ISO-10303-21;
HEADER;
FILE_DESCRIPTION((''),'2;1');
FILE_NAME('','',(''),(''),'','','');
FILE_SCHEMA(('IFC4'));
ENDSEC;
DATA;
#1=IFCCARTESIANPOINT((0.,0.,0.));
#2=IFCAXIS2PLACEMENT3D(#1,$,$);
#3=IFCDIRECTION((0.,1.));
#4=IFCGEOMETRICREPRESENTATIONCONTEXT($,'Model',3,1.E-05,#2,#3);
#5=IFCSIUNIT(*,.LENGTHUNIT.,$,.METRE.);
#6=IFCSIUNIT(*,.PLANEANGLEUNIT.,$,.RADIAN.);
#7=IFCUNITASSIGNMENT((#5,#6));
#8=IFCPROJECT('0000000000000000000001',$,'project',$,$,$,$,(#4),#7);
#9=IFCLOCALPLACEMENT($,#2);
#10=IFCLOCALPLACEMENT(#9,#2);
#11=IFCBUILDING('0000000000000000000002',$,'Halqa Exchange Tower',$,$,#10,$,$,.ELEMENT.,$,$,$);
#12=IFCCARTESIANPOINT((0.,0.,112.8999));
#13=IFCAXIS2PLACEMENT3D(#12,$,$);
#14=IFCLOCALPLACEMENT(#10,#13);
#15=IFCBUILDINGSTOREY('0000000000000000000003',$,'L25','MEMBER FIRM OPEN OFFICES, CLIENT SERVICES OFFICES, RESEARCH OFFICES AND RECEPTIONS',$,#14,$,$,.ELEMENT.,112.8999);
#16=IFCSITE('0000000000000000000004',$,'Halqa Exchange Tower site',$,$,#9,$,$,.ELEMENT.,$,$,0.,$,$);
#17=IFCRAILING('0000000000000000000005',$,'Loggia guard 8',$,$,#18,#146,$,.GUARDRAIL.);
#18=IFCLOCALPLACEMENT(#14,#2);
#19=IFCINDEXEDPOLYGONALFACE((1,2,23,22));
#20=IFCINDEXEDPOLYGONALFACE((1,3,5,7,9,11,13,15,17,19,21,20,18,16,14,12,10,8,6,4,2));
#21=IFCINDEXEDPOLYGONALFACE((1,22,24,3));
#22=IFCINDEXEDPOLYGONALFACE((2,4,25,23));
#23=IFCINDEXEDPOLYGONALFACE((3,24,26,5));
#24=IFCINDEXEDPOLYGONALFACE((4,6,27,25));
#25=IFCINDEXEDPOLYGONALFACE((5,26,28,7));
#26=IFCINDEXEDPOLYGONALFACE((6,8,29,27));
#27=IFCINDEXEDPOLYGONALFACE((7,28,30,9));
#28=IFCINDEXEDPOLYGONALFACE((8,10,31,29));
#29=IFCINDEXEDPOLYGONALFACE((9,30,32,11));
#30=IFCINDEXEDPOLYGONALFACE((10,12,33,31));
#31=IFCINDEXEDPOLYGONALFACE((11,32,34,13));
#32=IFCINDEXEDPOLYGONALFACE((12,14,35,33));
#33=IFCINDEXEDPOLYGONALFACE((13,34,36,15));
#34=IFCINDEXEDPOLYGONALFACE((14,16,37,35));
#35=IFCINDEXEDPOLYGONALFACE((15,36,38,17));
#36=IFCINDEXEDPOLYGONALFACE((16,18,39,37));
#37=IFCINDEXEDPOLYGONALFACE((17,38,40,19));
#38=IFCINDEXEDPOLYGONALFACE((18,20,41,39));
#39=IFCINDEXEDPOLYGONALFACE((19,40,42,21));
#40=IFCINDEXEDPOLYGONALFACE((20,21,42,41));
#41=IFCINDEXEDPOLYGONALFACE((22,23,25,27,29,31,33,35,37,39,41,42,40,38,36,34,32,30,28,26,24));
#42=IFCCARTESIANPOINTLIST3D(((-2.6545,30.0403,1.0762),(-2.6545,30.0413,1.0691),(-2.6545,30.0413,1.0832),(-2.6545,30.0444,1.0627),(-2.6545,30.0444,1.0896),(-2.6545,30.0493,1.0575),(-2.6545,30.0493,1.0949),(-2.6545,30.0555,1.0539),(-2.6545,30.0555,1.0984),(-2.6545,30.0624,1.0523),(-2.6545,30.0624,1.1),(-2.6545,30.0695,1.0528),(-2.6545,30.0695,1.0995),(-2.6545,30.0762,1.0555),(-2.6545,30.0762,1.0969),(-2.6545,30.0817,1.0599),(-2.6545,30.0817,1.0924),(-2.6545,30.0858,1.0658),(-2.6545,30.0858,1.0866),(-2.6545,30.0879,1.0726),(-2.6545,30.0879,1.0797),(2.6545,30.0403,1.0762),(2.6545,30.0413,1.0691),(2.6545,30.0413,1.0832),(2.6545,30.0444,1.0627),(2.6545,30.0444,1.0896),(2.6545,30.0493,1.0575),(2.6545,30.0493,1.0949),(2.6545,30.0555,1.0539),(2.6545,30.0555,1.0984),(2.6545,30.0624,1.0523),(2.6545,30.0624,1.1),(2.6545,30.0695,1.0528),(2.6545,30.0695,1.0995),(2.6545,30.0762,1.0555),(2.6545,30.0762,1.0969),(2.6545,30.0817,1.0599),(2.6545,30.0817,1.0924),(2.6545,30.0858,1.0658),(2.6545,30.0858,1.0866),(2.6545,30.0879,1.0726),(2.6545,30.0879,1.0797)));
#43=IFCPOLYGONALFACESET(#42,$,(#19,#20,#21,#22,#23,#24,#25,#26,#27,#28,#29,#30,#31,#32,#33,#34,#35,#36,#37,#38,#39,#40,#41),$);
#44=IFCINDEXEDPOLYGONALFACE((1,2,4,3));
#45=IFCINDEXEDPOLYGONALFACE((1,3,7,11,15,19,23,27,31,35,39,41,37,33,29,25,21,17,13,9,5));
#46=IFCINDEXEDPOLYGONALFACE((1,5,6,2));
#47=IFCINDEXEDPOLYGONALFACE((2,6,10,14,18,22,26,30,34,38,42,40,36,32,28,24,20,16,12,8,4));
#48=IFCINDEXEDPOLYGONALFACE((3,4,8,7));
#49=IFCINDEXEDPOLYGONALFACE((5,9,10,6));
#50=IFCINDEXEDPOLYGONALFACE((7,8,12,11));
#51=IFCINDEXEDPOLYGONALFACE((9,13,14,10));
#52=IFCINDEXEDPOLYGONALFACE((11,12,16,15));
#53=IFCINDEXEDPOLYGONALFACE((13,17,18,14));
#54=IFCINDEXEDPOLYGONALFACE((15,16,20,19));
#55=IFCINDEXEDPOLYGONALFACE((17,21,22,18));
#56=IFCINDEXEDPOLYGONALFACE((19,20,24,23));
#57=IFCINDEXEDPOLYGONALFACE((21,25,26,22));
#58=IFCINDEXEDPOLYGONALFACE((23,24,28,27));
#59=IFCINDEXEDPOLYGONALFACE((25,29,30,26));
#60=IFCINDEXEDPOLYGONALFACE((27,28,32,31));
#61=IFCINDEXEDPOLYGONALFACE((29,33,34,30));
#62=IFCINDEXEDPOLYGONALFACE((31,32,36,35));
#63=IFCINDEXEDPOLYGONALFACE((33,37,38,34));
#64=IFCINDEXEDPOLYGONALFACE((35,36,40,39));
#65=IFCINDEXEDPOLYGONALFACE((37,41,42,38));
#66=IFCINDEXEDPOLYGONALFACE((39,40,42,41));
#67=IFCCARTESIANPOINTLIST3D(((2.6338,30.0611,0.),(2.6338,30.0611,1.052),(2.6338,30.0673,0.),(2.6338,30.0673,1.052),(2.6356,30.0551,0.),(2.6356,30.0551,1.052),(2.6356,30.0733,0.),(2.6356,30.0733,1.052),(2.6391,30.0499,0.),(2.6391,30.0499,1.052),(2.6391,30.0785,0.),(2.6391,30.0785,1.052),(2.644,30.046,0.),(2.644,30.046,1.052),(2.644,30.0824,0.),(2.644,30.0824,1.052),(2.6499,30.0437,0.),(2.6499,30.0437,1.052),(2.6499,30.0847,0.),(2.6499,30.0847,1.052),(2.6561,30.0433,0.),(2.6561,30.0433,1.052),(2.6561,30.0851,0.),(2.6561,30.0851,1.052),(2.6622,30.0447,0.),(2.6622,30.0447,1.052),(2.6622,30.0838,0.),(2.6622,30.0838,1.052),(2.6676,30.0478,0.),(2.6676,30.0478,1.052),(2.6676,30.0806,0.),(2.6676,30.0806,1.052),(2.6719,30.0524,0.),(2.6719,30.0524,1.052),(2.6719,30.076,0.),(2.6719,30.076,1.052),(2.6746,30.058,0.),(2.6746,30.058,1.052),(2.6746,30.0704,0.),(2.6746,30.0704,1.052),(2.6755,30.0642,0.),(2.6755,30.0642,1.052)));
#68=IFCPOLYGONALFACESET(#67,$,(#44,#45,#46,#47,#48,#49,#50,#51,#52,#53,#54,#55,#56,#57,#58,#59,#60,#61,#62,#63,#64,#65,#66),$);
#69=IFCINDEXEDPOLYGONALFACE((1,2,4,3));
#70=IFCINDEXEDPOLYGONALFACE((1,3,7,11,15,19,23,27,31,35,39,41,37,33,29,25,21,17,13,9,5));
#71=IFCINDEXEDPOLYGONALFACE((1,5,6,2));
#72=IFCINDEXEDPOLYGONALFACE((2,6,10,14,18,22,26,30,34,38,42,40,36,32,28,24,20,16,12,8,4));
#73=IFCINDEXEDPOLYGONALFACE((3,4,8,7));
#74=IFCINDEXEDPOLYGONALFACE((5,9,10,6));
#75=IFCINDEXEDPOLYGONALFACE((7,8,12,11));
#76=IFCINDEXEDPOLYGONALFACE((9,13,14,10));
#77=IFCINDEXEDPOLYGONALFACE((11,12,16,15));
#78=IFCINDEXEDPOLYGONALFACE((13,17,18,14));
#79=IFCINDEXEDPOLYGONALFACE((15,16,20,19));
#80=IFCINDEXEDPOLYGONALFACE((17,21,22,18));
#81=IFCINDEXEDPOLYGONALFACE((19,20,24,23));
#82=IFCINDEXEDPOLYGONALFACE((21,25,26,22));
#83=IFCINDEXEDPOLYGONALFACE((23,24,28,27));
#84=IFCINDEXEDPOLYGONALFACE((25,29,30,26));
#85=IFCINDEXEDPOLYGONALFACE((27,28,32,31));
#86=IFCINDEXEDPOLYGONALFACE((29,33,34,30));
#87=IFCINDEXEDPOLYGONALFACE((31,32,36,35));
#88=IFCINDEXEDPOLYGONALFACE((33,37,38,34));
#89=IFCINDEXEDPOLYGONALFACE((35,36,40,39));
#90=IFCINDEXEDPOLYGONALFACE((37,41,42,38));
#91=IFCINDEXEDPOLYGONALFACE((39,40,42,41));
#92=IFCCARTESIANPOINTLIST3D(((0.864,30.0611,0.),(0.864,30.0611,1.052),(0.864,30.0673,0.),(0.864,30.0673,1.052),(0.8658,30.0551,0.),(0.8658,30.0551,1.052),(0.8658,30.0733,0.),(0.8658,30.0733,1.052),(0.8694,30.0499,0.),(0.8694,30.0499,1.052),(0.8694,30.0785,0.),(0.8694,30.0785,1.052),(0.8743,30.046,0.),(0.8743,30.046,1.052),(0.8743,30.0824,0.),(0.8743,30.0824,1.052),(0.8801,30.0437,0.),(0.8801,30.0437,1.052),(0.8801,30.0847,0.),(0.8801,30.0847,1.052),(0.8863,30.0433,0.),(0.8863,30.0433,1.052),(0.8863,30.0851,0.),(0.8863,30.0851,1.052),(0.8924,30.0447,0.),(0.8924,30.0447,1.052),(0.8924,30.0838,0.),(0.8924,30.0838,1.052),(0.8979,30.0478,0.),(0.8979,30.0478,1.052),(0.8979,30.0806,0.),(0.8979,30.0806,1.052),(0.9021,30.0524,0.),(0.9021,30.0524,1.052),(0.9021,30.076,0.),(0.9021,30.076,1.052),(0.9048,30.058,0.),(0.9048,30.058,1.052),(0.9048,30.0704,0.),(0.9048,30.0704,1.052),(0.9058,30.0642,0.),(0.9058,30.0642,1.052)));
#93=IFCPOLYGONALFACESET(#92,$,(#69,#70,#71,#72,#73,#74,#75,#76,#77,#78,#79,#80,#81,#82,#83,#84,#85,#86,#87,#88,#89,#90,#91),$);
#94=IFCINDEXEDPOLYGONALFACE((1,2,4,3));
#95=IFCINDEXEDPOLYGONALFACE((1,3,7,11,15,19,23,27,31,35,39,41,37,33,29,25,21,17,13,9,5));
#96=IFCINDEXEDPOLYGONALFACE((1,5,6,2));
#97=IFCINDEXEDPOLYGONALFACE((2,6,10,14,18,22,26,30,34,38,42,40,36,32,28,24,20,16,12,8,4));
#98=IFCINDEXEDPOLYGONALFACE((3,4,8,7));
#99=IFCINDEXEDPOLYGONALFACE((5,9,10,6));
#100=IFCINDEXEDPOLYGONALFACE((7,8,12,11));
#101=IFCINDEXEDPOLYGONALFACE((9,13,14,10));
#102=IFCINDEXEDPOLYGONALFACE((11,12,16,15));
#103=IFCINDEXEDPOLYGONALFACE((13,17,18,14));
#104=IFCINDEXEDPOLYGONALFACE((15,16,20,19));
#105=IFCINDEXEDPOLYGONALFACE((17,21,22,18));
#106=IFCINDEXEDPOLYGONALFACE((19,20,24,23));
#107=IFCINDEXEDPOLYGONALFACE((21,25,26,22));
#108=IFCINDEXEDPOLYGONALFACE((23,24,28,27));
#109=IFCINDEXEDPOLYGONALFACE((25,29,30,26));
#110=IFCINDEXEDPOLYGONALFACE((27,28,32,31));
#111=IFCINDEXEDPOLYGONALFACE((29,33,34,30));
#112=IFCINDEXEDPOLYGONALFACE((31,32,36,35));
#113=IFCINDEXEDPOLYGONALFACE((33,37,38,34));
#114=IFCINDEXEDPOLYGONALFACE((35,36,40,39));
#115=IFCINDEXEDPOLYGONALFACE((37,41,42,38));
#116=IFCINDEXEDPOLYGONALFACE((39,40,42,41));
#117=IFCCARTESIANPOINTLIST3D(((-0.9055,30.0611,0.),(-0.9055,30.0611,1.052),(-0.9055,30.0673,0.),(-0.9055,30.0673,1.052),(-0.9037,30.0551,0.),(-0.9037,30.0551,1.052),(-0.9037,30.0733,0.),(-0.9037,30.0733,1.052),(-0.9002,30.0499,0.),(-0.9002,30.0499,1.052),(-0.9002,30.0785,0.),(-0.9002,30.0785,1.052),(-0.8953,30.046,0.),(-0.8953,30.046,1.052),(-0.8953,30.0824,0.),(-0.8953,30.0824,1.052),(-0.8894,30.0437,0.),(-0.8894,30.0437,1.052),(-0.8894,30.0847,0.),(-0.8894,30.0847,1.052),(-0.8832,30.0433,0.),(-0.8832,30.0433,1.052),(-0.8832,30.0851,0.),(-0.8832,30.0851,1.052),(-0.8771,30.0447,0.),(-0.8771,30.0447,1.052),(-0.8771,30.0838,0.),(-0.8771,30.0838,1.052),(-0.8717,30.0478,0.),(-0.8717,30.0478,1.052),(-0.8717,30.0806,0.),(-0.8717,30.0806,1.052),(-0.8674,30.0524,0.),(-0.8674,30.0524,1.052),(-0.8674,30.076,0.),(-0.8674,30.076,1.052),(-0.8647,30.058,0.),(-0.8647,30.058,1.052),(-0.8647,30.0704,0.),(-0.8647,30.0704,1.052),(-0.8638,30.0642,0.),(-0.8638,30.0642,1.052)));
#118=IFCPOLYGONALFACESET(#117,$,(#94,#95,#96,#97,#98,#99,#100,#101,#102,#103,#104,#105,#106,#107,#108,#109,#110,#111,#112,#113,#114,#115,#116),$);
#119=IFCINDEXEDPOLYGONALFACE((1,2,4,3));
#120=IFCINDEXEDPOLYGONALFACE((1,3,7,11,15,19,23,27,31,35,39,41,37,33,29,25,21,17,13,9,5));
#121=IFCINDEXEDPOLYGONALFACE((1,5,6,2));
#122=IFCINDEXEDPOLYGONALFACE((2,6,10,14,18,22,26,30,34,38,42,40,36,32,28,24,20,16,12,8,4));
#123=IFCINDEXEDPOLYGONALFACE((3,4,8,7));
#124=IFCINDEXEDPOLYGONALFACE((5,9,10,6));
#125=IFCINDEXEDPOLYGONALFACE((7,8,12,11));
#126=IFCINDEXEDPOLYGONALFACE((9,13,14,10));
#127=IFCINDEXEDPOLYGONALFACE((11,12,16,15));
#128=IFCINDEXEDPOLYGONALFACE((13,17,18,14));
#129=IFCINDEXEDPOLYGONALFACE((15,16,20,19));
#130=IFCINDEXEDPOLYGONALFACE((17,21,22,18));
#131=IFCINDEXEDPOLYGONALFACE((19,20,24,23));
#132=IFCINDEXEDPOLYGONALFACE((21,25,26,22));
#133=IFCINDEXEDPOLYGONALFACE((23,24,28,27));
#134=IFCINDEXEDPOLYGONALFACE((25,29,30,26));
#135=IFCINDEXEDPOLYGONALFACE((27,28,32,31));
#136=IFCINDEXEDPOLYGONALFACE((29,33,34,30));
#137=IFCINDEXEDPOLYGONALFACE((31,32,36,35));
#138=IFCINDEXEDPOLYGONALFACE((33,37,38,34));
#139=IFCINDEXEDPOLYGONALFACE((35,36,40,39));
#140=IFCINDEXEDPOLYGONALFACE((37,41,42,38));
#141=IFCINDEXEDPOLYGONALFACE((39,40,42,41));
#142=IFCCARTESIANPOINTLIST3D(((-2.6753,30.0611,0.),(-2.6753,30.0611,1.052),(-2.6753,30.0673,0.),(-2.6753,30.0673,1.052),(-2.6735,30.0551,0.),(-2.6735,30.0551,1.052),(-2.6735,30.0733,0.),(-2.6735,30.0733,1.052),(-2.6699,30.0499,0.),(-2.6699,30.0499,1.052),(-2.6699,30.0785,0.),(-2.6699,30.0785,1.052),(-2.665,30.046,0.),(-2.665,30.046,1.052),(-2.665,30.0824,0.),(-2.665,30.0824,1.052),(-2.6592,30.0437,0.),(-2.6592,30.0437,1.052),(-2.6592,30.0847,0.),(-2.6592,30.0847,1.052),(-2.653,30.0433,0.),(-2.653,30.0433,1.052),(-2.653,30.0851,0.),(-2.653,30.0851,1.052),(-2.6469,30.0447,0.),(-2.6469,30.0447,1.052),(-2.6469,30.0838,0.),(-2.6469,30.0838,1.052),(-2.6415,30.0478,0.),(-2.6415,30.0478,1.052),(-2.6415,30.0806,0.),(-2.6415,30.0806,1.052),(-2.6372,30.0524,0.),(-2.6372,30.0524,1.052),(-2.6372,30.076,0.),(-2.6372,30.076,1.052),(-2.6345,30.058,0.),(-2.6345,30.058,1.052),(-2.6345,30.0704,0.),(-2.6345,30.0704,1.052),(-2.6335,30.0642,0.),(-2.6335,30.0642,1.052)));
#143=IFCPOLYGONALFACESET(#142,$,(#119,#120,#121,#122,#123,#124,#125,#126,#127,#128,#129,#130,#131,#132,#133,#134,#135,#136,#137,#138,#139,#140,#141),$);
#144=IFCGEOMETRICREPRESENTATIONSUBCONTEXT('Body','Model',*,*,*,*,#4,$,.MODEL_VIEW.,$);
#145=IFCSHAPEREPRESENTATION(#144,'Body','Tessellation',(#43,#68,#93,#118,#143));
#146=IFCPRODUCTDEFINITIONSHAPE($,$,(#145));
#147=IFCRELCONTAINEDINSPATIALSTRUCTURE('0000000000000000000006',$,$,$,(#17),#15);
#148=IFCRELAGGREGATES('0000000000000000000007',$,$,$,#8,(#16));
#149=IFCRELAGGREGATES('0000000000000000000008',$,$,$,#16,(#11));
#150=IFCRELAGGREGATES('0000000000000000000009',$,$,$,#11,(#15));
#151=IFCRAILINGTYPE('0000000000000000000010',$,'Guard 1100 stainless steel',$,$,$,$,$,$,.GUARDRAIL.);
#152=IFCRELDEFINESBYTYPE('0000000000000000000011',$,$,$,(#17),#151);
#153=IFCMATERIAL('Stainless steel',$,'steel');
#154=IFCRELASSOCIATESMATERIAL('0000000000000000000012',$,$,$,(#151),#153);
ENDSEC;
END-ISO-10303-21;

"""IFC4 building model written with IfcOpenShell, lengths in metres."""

from ifc_helpers import new_model, si_unit, direction, frame, origin, origin_2d, place, context, subcontext, project, spatial, circle, extrude, material, type_object, element, save


model = new_model("IFC4")

# Units and contexts
model_context = context("Model", 3, precision=1e-05, world=origin(), true_north=direction((0.0, 1.0)))
body_context = subcontext(model_context, "Body", "Model", "MODEL_VIEW")
ifc_project = project(units=[si_unit("LENGTHUNIT", "METRE"), si_unit("PLANEANGLEUNIT", "RADIAN")], contexts=[model_context])

# Site, building, storey
site_placement = place(None, origin())
site = spatial("IfcSite", under=ifc_project, at=site_placement, Name="Halqa Exchange Tower site", CompositionType="ELEMENT", RefElevation=0.0)
building_placement = place(site_placement, origin())
building = spatial("IfcBuilding", under=site, at=building_placement, Name="Halqa Exchange Tower", CompositionType="ELEMENT")
storey_placement = place(building_placement, frame((0.0, 0.0, 112.8999)))
storey = spatial("IfcBuildingStorey", under=building, at=storey_placement, Name="L25", Description="MEMBER FIRM OPEN OFFICES, CLIENT SERVICES OFFICES, RESEARCH OFFICES AND RECEPTIONS", CompositionType="ELEMENT", Elevation=112.8999)

# Railing
ifc_material_1 = material(Name="Stainless steel", Category="steel")
railing_type_1 = type_object("IfcRailingType", Name="Guard 1100 stainless steel", PredefinedType="GUARDRAIL", material=ifc_material_1)
railing_1_placement = place(storey_placement, frame((2.6545, 30.0642, 0.0)))
element("IfcRailing", 1, at=railing_1_placement, inside=storey, type_object=railing_type_1, Name="Loggia guard 8", PredefinedType="GUARDRAIL", context=body_context, shape_type="SweptSolid", body=[
    extrude(circle(Radius=0.0239, at=origin_2d()), frame((0.0, 0.0, 1.0762), z_axis=(-1.0, 0.0, 0.0), x_axis=(0.0, -1.0, 0.0)), (0.0, 0.0, 1.0), 5.3091),
    extrude(circle(Radius=0.021, at=origin_2d()), origin(), (0.0, 0.0, 1.0), 1.052),
    extrude(circle(Radius=0.021, at=origin_2d()), frame((-1.7698, 0.0, 0.0)), (0.0, 0.0, 1.0), 1.052),
    extrude(circle(Radius=0.021, at=origin_2d()), frame((-3.5393, 0.0, 0.0)), (0.0, 0.0, 1.0), 1.052),
    extrude(circle(Radius=0.021, at=origin_2d()), frame((-5.3091, 0.0, 0.0)), (0.0, 0.0, 1.0), 1.052),
])

save(model, "model.ifc")
